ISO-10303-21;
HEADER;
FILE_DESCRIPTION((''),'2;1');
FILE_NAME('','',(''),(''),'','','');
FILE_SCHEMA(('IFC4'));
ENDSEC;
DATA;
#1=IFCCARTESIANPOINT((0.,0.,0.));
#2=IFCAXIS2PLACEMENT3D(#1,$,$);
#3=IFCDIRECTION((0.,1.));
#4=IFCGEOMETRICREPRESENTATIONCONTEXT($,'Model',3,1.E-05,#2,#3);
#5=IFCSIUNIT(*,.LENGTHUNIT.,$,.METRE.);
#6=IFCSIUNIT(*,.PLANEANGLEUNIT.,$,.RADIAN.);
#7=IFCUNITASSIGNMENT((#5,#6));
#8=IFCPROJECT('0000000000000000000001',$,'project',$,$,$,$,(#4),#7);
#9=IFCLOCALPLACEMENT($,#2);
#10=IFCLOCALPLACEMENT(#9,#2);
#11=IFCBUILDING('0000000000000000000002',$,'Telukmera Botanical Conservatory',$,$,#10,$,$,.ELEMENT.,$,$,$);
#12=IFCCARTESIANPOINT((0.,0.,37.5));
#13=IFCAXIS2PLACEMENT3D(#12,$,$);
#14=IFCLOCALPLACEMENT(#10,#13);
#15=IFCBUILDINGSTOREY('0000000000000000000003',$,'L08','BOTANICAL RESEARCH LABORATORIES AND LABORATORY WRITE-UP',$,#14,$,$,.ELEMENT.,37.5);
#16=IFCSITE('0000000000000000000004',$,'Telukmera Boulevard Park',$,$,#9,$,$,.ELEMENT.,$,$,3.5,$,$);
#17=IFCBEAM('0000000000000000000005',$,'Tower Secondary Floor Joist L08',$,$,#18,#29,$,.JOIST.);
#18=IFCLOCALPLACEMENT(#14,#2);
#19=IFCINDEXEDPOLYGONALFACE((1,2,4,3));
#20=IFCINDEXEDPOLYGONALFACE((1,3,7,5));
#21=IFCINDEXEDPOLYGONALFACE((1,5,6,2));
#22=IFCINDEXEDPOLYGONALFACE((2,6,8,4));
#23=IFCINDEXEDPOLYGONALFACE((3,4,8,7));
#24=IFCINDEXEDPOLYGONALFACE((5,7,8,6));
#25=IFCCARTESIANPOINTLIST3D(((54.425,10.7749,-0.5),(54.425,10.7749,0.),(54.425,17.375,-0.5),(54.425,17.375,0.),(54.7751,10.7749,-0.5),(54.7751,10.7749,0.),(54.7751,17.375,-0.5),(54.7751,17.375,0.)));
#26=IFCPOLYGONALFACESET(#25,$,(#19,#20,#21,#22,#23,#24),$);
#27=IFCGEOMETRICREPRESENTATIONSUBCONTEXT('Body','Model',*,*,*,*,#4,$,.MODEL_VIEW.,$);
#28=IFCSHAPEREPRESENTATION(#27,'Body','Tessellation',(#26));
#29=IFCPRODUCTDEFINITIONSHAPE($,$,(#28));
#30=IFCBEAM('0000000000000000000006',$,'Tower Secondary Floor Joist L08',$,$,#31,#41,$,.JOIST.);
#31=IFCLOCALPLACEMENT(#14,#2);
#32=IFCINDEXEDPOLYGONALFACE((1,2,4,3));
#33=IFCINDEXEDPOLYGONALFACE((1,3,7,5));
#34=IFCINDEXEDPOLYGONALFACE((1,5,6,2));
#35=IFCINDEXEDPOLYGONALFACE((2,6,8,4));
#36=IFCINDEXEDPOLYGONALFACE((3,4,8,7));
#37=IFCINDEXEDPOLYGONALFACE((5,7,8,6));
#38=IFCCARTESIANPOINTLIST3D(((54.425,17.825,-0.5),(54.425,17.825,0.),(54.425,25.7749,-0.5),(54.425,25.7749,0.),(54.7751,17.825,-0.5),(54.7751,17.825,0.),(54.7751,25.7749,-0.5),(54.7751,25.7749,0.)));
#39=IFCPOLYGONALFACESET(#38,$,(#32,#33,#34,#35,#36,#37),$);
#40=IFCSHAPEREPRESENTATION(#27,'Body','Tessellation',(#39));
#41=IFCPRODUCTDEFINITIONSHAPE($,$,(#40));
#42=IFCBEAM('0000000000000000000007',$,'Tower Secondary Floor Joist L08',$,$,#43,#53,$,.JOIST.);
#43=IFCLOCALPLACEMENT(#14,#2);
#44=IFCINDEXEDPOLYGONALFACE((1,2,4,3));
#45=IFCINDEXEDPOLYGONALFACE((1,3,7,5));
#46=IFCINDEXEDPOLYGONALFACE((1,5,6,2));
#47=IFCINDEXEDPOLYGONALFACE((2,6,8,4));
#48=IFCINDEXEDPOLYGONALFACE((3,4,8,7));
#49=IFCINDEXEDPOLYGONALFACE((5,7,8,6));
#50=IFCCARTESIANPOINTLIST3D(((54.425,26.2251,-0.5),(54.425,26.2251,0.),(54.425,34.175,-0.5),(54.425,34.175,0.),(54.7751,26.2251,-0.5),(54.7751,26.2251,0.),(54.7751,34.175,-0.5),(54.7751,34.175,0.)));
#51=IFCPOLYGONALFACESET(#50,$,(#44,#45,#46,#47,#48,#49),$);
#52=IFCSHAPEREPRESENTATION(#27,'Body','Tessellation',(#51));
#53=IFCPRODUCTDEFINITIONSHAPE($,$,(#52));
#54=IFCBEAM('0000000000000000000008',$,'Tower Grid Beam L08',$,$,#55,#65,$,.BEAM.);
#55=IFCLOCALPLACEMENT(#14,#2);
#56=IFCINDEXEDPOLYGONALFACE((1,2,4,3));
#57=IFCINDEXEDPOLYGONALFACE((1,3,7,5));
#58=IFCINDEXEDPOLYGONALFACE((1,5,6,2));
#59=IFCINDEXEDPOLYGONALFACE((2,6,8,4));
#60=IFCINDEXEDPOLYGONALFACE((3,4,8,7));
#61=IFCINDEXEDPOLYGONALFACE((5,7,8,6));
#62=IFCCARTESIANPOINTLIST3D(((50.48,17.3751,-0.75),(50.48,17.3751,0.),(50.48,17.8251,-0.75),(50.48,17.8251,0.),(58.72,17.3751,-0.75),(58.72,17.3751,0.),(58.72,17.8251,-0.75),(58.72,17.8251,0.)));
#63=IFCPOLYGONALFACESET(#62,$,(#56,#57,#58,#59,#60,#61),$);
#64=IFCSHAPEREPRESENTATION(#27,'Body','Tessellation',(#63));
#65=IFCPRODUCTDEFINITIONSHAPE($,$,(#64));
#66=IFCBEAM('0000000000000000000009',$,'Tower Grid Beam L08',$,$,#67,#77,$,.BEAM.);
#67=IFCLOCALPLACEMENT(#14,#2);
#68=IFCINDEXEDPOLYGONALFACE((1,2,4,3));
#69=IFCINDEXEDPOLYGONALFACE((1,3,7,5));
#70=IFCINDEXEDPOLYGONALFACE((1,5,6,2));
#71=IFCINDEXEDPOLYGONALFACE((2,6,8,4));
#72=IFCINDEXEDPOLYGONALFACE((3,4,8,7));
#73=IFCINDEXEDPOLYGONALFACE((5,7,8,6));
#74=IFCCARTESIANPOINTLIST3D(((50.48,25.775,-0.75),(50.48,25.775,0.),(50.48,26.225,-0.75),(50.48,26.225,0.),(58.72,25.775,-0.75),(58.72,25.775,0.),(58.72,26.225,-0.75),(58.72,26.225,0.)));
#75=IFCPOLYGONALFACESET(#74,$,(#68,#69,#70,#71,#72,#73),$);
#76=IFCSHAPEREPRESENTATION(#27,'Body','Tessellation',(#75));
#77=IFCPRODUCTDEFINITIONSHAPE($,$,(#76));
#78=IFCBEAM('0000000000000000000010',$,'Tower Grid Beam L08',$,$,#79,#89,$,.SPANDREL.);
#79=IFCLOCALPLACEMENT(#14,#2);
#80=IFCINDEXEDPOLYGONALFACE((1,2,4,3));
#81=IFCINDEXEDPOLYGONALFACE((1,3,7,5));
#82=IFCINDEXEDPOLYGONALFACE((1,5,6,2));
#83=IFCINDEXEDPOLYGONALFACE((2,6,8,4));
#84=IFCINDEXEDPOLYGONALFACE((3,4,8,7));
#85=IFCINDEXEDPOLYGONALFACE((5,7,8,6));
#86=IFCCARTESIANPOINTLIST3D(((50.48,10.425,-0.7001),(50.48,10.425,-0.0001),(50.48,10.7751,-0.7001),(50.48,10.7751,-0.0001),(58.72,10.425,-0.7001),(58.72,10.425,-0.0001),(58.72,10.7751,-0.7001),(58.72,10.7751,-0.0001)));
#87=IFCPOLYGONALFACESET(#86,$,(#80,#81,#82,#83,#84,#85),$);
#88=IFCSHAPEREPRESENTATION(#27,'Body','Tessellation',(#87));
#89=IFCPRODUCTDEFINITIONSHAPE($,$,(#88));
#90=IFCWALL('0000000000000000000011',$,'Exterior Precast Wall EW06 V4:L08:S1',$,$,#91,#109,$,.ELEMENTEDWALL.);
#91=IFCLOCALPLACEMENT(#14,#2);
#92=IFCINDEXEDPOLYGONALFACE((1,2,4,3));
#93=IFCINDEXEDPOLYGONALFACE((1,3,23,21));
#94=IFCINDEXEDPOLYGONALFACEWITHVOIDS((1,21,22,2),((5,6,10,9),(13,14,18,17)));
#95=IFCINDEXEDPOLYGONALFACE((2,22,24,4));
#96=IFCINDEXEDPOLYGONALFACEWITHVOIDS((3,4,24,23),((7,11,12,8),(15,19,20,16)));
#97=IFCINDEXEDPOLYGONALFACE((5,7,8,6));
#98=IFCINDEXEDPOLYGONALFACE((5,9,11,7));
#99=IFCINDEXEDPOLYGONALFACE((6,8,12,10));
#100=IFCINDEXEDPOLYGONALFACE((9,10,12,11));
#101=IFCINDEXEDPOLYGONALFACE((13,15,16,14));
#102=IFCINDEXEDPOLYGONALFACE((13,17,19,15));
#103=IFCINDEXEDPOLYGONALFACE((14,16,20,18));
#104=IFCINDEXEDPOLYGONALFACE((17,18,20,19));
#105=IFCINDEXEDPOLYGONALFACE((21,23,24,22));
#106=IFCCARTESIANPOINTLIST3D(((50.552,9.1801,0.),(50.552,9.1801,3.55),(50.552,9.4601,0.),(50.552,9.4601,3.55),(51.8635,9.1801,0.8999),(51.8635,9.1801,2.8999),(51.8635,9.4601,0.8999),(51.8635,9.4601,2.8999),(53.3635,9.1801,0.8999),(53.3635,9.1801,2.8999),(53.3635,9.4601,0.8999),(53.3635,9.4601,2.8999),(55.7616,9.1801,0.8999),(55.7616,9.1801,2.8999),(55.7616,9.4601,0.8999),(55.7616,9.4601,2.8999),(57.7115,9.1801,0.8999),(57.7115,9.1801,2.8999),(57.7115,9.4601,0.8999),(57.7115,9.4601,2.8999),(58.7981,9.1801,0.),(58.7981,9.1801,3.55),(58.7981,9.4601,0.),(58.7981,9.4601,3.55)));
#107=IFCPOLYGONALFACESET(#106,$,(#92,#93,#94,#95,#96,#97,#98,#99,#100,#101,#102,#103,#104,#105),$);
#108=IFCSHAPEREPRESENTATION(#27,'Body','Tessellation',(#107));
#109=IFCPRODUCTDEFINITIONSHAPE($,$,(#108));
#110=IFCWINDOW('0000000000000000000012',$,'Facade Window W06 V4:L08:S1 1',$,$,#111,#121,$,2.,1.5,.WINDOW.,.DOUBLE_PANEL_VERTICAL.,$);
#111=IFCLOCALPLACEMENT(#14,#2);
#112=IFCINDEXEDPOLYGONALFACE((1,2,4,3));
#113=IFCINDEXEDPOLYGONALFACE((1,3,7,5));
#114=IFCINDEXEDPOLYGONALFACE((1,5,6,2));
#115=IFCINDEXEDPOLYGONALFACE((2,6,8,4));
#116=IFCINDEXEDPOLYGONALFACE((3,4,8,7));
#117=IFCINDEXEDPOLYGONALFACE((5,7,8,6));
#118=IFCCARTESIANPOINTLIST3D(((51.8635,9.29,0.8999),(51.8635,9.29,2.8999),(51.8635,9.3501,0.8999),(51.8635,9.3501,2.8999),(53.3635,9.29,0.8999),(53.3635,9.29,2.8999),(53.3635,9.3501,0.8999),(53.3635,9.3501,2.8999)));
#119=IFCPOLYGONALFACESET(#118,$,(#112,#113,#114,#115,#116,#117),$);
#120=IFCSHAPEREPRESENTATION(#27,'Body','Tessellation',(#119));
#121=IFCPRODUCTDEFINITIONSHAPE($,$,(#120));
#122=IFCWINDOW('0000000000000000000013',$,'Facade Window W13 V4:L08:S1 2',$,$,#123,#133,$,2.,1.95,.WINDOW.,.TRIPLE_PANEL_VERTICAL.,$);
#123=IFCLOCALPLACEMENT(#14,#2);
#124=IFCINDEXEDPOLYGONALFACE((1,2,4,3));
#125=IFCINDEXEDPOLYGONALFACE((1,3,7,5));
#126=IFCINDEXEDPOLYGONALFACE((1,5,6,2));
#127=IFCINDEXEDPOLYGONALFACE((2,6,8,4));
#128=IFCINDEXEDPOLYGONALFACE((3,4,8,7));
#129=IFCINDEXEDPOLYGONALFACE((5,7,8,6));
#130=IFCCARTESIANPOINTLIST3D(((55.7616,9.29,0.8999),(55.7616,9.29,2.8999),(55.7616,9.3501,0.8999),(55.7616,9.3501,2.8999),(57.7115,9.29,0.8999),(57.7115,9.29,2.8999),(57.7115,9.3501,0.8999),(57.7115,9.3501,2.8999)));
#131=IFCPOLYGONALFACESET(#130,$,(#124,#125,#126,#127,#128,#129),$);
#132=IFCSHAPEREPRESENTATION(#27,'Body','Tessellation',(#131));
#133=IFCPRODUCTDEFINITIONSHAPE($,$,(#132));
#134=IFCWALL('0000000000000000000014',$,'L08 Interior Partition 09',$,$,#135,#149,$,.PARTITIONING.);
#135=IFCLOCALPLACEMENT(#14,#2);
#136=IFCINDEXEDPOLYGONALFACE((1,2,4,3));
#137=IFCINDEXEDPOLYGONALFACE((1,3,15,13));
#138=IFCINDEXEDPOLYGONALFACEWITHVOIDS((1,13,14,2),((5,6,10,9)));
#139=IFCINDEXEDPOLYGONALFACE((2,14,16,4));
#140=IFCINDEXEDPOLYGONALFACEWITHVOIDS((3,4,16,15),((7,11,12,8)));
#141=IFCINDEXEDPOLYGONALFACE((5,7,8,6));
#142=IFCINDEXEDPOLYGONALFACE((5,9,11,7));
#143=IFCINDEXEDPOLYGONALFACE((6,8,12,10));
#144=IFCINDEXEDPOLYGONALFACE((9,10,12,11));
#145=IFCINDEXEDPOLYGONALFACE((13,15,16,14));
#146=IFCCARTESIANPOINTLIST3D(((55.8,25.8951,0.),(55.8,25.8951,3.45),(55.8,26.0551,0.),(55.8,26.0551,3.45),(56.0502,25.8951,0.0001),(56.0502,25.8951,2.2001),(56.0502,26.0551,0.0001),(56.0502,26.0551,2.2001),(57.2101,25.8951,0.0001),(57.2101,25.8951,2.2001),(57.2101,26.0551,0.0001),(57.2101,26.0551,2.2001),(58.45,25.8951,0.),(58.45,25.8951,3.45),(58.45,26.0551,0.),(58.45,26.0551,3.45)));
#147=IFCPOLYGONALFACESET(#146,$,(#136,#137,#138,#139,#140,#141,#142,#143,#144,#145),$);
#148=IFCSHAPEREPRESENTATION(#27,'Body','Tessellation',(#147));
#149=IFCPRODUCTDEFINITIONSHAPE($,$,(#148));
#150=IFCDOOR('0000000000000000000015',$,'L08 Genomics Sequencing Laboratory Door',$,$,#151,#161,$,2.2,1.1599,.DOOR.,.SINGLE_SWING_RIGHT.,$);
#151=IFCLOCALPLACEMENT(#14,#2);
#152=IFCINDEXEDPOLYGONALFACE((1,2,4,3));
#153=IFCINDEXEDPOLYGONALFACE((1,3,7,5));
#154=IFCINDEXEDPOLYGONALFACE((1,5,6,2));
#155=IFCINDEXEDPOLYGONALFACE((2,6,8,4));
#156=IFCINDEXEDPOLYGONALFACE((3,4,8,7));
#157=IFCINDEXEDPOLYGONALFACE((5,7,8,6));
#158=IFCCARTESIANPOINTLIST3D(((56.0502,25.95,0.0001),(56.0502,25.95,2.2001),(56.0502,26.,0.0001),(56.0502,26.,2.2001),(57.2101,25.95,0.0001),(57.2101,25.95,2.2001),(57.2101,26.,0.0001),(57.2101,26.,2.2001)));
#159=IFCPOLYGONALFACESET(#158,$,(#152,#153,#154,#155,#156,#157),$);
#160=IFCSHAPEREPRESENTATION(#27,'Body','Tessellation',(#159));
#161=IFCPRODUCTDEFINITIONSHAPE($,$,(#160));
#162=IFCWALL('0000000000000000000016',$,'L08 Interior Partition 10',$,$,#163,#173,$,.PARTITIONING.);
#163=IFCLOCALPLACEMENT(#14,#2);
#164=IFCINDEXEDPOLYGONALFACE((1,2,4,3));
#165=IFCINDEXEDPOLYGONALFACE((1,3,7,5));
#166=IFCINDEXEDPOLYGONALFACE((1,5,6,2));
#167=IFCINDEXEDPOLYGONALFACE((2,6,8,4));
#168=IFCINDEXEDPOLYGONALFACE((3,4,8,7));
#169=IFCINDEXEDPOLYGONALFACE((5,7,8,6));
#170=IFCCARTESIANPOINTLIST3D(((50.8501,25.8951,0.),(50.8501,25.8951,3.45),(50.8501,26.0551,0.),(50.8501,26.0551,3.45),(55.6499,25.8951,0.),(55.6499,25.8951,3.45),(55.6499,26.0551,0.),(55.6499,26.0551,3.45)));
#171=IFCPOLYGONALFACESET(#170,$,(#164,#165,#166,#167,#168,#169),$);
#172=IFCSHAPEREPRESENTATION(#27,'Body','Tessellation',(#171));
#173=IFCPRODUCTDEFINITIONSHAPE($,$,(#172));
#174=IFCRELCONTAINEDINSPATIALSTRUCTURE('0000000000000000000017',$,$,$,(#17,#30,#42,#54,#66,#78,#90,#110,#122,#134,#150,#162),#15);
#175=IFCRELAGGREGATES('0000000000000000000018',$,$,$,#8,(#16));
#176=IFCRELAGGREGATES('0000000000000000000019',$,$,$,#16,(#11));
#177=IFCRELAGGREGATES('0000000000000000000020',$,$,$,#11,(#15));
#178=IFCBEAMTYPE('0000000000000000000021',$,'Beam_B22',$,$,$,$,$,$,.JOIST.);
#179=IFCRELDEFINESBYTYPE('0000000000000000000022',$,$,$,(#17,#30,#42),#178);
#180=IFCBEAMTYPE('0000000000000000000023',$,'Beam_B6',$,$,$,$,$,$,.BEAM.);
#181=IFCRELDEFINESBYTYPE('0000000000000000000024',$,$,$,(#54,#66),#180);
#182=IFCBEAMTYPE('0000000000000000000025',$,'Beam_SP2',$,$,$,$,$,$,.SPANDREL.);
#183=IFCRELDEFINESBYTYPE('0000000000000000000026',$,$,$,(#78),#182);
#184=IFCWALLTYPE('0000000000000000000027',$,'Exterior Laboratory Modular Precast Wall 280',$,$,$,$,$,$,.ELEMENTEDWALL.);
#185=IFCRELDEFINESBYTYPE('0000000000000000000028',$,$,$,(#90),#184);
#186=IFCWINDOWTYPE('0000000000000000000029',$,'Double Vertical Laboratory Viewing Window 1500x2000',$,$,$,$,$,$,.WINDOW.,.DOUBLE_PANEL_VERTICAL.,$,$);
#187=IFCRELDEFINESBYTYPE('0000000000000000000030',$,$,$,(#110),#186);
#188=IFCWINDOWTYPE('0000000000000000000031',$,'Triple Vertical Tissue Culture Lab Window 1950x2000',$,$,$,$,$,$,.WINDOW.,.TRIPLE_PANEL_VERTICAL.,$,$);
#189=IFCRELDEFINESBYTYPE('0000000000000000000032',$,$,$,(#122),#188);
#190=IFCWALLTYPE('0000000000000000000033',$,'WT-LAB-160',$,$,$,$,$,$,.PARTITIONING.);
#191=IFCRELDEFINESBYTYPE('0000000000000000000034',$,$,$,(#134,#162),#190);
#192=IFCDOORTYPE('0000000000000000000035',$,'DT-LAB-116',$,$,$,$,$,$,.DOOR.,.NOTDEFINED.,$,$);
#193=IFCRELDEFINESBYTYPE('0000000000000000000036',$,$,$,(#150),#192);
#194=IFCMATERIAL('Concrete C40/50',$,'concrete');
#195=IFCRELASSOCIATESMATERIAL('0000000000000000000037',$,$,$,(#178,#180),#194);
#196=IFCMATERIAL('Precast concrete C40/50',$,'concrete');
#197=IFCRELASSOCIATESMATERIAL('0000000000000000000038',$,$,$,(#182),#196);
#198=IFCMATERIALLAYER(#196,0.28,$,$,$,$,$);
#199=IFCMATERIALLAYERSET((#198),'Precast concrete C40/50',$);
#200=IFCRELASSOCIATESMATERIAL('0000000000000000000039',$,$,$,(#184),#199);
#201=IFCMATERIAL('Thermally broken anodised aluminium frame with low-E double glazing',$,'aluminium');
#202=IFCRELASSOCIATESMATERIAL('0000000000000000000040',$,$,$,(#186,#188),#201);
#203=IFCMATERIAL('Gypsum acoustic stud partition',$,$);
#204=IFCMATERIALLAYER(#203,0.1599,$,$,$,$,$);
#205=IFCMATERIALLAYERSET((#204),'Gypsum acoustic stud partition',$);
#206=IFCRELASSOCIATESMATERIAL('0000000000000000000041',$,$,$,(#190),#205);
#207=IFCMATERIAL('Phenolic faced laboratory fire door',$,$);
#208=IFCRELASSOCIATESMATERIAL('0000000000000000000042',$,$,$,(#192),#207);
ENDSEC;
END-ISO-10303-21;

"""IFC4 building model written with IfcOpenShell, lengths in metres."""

from ifc_helpers import new_model, si_unit, direction, frame, frame_2d, origin, origin_2d, place, context, subcontext, project, spatial, rectangle, extrude, material, layer, layer_set, material_profile, profile_set, type_object, element, fill, save


model = new_model("IFC4")

# Units and contexts
model_context = context("Model", 3, precision=1e-05, world=origin(), true_north=direction((0.0, 1.0)))
body_context = subcontext(model_context, "Body", "Model", "MODEL_VIEW")
ifc_project = project(units=[si_unit("LENGTHUNIT", "METRE"), si_unit("PLANEANGLEUNIT", "RADIAN")], contexts=[model_context])

# Site, building, storey
site_placement = place(None, origin())
site = spatial("IfcSite", under=ifc_project, at=site_placement, Name="Telukmera Boulevard Park", CompositionType="ELEMENT", RefElevation=3.5)
building_placement = place(site_placement, origin())
building = spatial("IfcBuilding", under=site, at=building_placement, Name="Telukmera Botanical Conservatory", CompositionType="ELEMENT")
storey_placement = place(building_placement, frame((0.0, 0.0, 37.5)))
storey = spatial("IfcBuildingStorey", under=building, at=storey_placement, Name="L08", Description="BOTANICAL RESEARCH LABORATORIES AND LABORATORY WRITE-UP", CompositionType="ELEMENT", Elevation=37.5)

# Beams
ifc_material_1 = material(Name="Concrete C40/50", Category="concrete")
ifc_material_profile_1 = material_profile(ifc_material_1, rectangle(XDim=0.3501, YDim=0.5, at=origin_2d()), Name="RC 350x500")
ifc_profile_set_1 = profile_set([ifc_material_profile_1], Name="Concrete C40/50")
beam_type_1 = type_object("IfcBeamType", Name="Beam_B22", PredefinedType="JOIST", material=ifc_profile_set_1)
beam_1_placement = place(storey_placement, frame((54.6001, 10.7749, -0.25), z_axis=(0.0, 1.0, 0.0), x_axis=(-1.0, 0.0, 0.0)))
element("IfcBeam", 1, at=beam_1_placement, inside=storey, type_object=beam_type_1, Name="Tower Secondary Floor Joist L08", PredefinedType="JOIST", context=body_context, shape_type="SweptSolid", body=[
    extrude(rectangle(XDim=0.3501, YDim=0.5, at=origin_2d()), origin(), (0.0, 0.0, 1.0), 6.6001),
])
for number, where, z_axis, x_axis, name in (
    (2, (54.6001, 17.825, -0.25), (0.0, 1.0, 0.0), (-1.0, 0.0, 0.0), "Tower Secondary Floor Joist L08"),
    (3, (54.6001, 26.2251, -0.25), (0.0, 1.0, 0.0), (-1.0, 0.0, 0.0), "Tower Secondary Floor Joist L08"),
):
    element("IfcBeam", number, at=place(storey_placement, frame(where, z_axis=z_axis, x_axis=x_axis)), inside=storey, type_object=beam_type_1, Name=name, PredefinedType="JOIST", context=body_context, shape_type="SweptSolid", body=[
        extrude(rectangle(XDim=0.3501, YDim=0.5, at=origin_2d()), origin(), (0.0, 0.0, 1.0), 7.95),
    ])
ifc_material_profile_2 = material_profile(ifc_material_1, rectangle(XDim=0.45, YDim=0.75, at=origin_2d()), Name="RC 450x750")
ifc_profile_set_2 = profile_set([ifc_material_profile_2], Name="Concrete C40/50")
beam_type_2 = type_object("IfcBeamType", Name="Beam_B6", PredefinedType="BEAM", material=ifc_profile_set_2)
for number, where, z_axis, x_axis, name in (
    (4, (50.48, 17.6001, -0.375), (1.0, 0.0, 0.0), (0.0, 1.0, 0.0), "Tower Grid Beam L08"),
    (5, (50.48, 26.0, -0.375), (1.0, 0.0, 0.0), (0.0, 1.0, 0.0), "Tower Grid Beam L08"),
):
    element("IfcBeam", number, at=place(storey_placement, frame(where, z_axis=z_axis, x_axis=x_axis)), inside=storey, type_object=beam_type_2, Name=name, PredefinedType="BEAM", context=body_context, shape_type="SweptSolid", body=[
        extrude(rectangle(XDim=0.45, YDim=0.75, at=origin_2d()), origin(), (0.0, 0.0, 1.0), 8.24),
    ])
ifc_material_2 = material(Name="Precast concrete C40/50", Category="concrete")
ifc_material_profile_3 = material_profile(ifc_material_2, rectangle(XDim=0.3501, YDim=0.7, at=origin_2d()), Name="PC 350x700")
ifc_profile_set_3 = profile_set([ifc_material_profile_3], Name="Precast concrete C40/50")
beam_type_3 = type_object("IfcBeamType", Name="Beam_SP2", PredefinedType="SPANDREL", material=ifc_profile_set_3)
beam_2_placement = place(storey_placement, frame((50.48, 10.6001, -0.3501), z_axis=(1.0, 0.0, 0.0), x_axis=(0.0, 1.0, 0.0)))
element("IfcBeam", 6, at=beam_2_placement, inside=storey, type_object=beam_type_3, Name="Tower Grid Beam L08", PredefinedType="SPANDREL", context=body_context, shape_type="SweptSolid", body=[
    extrude(rectangle(XDim=0.3501, YDim=0.7, at=origin_2d()), origin(), (0.0, 0.0, 1.0), 8.24),
])

# Wall, openings, windows
ifc_layer_1 = layer(ifc_material_2, 0.28)
ifc_layer_set_1 = layer_set([ifc_layer_1], Name="Precast concrete C40/50")
wall_type_1 = type_object("IfcWallType", Name="Exterior Laboratory Modular Precast Wall 280", PredefinedType="ELEMENTEDWALL", material=ifc_layer_set_1)
wall_1_placement = place(storey_placement, frame((50.552, 9.3201, 0.0), z_axis=(0.0, 0.0, 1.0), x_axis=(1.0, 0.0, 0.0)))
wall_1 = element("IfcWall", 7, at=wall_1_placement, inside=storey, type_object=wall_type_1, Name="Exterior Precast Wall EW06 V4:L08:S1", PredefinedType="ELEMENTEDWALL", context=body_context, shape_type="SweptSolid", body=[
    extrude(rectangle(XDim=8.2461, YDim=0.28, at=frame_2d((4.123, 0.0))), origin(), (0.0, 0.0, 1.0), 3.55),
])
opening_1_placement = place(wall_1_placement, frame((1.3115, 0.0, 0.8999)))
opening_1 = element("IfcOpeningElement", 8, at=opening_1_placement, cuts=wall_1, PredefinedType="OPENING", context=body_context, shape_type="SweptSolid", body=[
    extrude(rectangle(XDim=1.5, YDim=2.0, at=frame_2d((0.75, 1.0))), frame((0.0, 0.1499, 0.0), z_axis=(0.0, -1.0, 0.0), x_axis=(1.0, 0.0, 0.0)), (0.0, 0.0, 1.0), 0.3),
])
opening_2_placement = place(wall_1_placement, frame((5.2095, 0.0, 0.8999)))
opening_2 = element("IfcOpeningElement", 9, at=opening_2_placement, cuts=wall_1, PredefinedType="OPENING", context=body_context, shape_type="SweptSolid", body=[
    extrude(rectangle(XDim=1.95, YDim=2.0, at=frame_2d((0.9751, 1.0))), frame((0.0, 0.1499, 0.0), z_axis=(0.0, -1.0, 0.0), x_axis=(1.0, 0.0, 0.0)), (0.0, 0.0, 1.0), 0.3),
])
ifc_material_3 = material(Name="Thermally broken anodised aluminium frame with low-E double glazing", Category="aluminium")
window_type_1 = type_object("IfcWindowType", Name="Double Vertical Laboratory Viewing Window 1500x2000", PartitioningType="DOUBLE_PANEL_VERTICAL", PredefinedType="WINDOW", material=ifc_material_3)
window_1_placement = place(opening_1_placement, origin())
window_1 = element("IfcWindow", 10, at=window_1_placement, inside=storey, type_object=window_type_1, Name="Facade Window W06 V4:L08:S1 1", OverallHeight=2.0, OverallWidth=1.5, PartitioningType="DOUBLE_PANEL_VERTICAL", PredefinedType="WINDOW", context=body_context, shape_type="SweptSolid", body=[
    extrude(rectangle(XDim=1.5, YDim=2.0, at=frame_2d((0.75, 1.0))), frame((0.0, 0.03, 0.0), z_axis=(0.0, -1.0, 0.0), x_axis=(1.0, 0.0, 0.0)), (0.0, 0.0, 1.0), 0.0601),
])
fill(opening_1, window_1)
window_type_2 = type_object("IfcWindowType", Name="Triple Vertical Tissue Culture Lab Window 1950x2000", PartitioningType="TRIPLE_PANEL_VERTICAL", PredefinedType="WINDOW", material=ifc_material_3)
window_2_placement = place(opening_2_placement, origin())
window_2 = element("IfcWindow", 11, at=window_2_placement, inside=storey, type_object=window_type_2, Name="Facade Window W13 V4:L08:S1 2", OverallHeight=2.0, OverallWidth=1.95, PartitioningType="TRIPLE_PANEL_VERTICAL", PredefinedType="WINDOW", context=body_context, shape_type="SweptSolid", body=[
    extrude(rectangle(XDim=1.95, YDim=2.0, at=frame_2d((0.9751, 1.0))), frame((0.0, 0.03, 0.0), z_axis=(0.0, -1.0, 0.0), x_axis=(1.0, 0.0, 0.0)), (0.0, 0.0, 1.0), 0.0601),
])
fill(opening_2, window_2)

# Wall, opening, door
ifc_material_4 = material(Name="Gypsum acoustic stud partition")
ifc_layer_2 = layer(ifc_material_4, 0.1599)
ifc_layer_set_2 = layer_set([ifc_layer_2], Name="Gypsum acoustic stud partition")
wall_type_2 = type_object("IfcWallType", Name="WT-LAB-160", PredefinedType="PARTITIONING", material=ifc_layer_set_2)
wall_2_placement = place(storey_placement, frame((55.8, 25.9751, 0.0), z_axis=(0.0, 0.0, 1.0), x_axis=(1.0, 0.0, 0.0)))
wall_2 = element("IfcWall", 12, at=wall_2_placement, inside=storey, type_object=wall_type_2, Name="L08 Interior Partition 09", PredefinedType="PARTITIONING", context=body_context, shape_type="SweptSolid", body=[
    extrude(rectangle(XDim=2.6499, YDim=0.1599, at=frame_2d((1.325, 0.0))), origin(), (0.0, 0.0, 1.0), 3.45),
])
opening_3_placement = place(wall_2_placement, frame((0.25, 0.0, 0.0)))
opening_3 = element("IfcOpeningElement", 13, at=opening_3_placement, cuts=wall_2, PredefinedType="OPENING", context=body_context, shape_type="SweptSolid", body=[
    extrude(rectangle(XDim=1.1599, YDim=2.2, at=frame_2d((0.5801, 1.1001))), frame((0.0, 0.0898, 0.0), z_axis=(0.0, -1.0, 0.0), x_axis=(1.0, 0.0, 0.0)), (0.0, 0.0, 1.0), 0.1799),
])
ifc_material_5 = material(Name="Phenolic faced laboratory fire door")
door_type = type_object("IfcDoorType", Name="DT-LAB-116", OperationType="NOTDEFINED", PredefinedType="DOOR", material=ifc_material_5)
door_1_placement = place(opening_3_placement, origin())
door_1 = element("IfcDoor", 14, at=door_1_placement, inside=storey, type_object=door_type, Name="L08 Genomics Sequencing Laboratory Door", OperationType="SINGLE_SWING_RIGHT", OverallHeight=2.2, OverallWidth=1.1599, PredefinedType="DOOR", context=body_context, shape_type="SweptSolid", body=[
    extrude(rectangle(XDim=1.1599, YDim=2.2, at=frame_2d((0.5801, 1.1001))), frame((0.0, 0.0249, 0.0), z_axis=(0.0, -1.0, 0.0), x_axis=(1.0, 0.0, 0.0)), (0.0, 0.0, 1.0), 0.05),
])
fill(opening_3, door_1)

# Wall
wall_3_placement = place(storey_placement, frame((50.8501, 25.9751, 0.0), z_axis=(0.0, 0.0, 1.0), x_axis=(1.0, 0.0, 0.0)))
element("IfcWall", 15, at=wall_3_placement, inside=storey, type_object=wall_type_2, Name="L08 Interior Partition 10", PredefinedType="PARTITIONING", context=body_context, shape_type="SweptSolid", body=[
    extrude(rectangle(XDim=4.7998, YDim=0.1599, at=frame_2d((2.3999, 0.0))), origin(), (0.0, 0.0, 1.0), 3.45),
])

save(model, "model.ifc")
